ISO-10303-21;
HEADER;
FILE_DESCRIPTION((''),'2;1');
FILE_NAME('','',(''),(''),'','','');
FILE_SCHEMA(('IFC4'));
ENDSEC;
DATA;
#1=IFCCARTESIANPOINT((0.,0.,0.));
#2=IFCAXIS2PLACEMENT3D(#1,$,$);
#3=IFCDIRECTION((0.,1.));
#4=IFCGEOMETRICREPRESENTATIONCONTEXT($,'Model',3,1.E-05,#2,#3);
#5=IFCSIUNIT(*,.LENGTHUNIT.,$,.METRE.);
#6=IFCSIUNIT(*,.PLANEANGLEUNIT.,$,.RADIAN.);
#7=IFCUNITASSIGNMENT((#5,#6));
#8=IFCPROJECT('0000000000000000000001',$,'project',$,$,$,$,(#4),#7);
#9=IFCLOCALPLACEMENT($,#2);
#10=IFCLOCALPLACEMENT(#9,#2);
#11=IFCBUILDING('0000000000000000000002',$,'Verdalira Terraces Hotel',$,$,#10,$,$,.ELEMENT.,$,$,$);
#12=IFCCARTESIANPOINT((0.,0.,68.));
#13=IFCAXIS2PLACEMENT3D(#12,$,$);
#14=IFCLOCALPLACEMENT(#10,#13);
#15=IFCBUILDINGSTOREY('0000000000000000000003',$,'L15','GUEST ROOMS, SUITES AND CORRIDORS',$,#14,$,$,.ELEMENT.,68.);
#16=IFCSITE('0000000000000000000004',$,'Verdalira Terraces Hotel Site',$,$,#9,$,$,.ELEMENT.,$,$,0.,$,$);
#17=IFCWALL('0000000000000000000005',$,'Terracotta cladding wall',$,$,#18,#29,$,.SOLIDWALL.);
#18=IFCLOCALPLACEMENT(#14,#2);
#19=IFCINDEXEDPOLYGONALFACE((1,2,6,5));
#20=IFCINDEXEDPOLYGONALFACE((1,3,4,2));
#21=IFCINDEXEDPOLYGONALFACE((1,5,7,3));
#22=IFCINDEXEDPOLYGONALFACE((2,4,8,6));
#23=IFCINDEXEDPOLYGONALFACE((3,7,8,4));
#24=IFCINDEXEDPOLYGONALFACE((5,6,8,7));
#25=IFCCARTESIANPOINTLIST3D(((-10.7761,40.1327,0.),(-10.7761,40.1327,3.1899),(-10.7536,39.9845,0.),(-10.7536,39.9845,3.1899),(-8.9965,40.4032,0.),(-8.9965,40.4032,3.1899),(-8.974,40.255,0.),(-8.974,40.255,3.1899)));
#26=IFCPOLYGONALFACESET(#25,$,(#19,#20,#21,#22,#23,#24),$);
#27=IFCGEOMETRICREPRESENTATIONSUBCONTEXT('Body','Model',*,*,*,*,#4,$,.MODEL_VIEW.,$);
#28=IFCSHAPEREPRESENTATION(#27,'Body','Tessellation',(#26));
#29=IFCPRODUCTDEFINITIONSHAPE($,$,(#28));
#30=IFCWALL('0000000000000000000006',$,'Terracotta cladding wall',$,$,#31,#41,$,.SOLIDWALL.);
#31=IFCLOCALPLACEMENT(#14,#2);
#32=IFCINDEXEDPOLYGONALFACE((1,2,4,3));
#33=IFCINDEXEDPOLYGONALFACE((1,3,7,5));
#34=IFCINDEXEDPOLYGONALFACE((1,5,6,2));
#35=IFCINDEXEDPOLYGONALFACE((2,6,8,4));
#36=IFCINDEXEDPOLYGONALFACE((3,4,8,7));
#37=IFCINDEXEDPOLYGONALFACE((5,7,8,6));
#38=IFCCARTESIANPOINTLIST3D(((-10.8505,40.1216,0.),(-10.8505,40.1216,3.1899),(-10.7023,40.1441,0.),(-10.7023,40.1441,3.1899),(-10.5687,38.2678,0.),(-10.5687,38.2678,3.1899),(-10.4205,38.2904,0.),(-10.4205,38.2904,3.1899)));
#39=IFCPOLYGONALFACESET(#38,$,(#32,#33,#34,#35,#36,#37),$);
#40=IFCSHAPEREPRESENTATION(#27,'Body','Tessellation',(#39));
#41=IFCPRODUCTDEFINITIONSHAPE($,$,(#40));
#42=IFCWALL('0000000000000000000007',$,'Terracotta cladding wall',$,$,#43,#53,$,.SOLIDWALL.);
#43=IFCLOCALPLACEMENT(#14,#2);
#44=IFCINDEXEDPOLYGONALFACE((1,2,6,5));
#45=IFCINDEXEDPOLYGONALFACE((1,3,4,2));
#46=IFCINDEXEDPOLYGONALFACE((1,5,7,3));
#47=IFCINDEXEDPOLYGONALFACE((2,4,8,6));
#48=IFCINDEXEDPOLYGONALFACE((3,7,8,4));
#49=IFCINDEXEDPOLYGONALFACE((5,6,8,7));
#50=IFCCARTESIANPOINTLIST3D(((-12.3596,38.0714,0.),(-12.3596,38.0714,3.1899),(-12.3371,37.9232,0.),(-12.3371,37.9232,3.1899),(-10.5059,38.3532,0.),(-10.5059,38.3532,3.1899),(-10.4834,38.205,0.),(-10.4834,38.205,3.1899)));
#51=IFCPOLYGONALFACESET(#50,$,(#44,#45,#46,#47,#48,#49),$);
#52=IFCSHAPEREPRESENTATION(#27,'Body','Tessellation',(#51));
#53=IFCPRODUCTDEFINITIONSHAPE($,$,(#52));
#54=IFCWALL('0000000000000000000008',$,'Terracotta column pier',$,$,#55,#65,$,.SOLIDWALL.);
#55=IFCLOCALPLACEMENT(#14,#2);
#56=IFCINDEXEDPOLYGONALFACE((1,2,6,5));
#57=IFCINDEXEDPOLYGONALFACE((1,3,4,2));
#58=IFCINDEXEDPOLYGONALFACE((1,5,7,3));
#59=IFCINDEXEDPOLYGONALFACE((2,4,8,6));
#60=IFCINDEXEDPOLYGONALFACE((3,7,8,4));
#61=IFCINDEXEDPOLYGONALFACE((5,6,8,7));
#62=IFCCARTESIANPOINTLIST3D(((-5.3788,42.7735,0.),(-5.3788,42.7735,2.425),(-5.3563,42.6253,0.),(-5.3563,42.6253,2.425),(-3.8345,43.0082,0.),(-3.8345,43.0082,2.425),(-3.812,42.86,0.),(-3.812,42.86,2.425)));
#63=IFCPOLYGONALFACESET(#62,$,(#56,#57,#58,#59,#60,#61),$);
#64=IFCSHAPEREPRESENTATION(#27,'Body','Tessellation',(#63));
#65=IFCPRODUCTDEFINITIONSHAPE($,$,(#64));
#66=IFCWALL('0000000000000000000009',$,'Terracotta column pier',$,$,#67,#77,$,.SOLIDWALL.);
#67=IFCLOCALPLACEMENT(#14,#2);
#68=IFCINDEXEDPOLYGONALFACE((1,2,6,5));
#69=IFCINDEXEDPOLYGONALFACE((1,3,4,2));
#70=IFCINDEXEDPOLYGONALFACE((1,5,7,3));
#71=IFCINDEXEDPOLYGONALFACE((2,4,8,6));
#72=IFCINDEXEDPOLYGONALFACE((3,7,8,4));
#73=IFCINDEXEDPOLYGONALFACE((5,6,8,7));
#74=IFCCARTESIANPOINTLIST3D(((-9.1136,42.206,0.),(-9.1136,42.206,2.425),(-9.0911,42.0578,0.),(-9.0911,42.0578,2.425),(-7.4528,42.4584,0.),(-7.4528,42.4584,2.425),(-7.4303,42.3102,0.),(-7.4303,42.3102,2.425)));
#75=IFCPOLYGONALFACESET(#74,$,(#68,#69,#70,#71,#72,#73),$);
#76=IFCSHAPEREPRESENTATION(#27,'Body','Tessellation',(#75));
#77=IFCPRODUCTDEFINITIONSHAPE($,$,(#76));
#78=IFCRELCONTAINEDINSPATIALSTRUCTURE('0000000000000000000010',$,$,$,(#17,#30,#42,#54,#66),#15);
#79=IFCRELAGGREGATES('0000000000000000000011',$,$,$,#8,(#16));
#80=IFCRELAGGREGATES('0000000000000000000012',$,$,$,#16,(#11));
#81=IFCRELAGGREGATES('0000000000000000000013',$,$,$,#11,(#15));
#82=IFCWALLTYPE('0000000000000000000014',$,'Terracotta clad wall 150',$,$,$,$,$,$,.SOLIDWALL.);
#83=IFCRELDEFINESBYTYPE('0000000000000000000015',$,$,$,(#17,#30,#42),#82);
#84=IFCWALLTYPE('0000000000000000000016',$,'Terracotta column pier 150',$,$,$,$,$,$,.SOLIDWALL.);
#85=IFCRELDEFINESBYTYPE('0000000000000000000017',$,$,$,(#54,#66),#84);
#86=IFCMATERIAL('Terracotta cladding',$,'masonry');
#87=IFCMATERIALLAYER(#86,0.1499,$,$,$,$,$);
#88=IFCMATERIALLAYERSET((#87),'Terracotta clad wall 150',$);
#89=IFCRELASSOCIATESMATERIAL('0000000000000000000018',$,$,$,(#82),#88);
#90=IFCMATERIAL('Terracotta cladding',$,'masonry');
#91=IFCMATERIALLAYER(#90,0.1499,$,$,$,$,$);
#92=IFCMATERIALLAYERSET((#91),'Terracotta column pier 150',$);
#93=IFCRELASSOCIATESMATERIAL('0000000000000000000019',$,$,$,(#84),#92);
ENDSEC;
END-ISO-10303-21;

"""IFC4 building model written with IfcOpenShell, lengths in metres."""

from ifc_helpers import new_model, si_unit, direction, frame, frame_2d, origin, place, context, subcontext, project, spatial, rectangle, extrude, material, layer, layer_set, type_object, element, save


model = new_model("IFC4")

# Units and contexts
model_context = context("Model", 3, precision=1e-05, world=origin(), true_north=direction((0.0, 1.0)))
body_context = subcontext(model_context, "Body", "Model", "MODEL_VIEW")
ifc_project = project(units=[si_unit("LENGTHUNIT", "METRE"), si_unit("PLANEANGLEUNIT", "RADIAN")], contexts=[model_context])

# Site, building, storey
site_placement = place(None, origin())
site = spatial("IfcSite", under=ifc_project, at=site_placement, Name="Verdalira Terraces Hotel Site", CompositionType="ELEMENT", RefElevation=0.0)
building_placement = place(site_placement, origin())
building = spatial("IfcBuilding", under=site, at=building_placement, Name="Verdalira Terraces Hotel", CompositionType="ELEMENT")
storey_placement = place(building_placement, frame((0.0, 0.0, 68.0)))
storey = spatial("IfcBuildingStorey", under=building, at=storey_placement, Name="L15", Description="GUEST ROOMS, SUITES AND CORRIDORS", CompositionType="ELEMENT", Elevation=68.0)

# Walls
ifc_material_1 = material(Name="Terracotta cladding", Category="masonry")
ifc_layer_1 = layer(ifc_material_1, 0.1499)
ifc_layer_set_1 = layer_set([ifc_layer_1], Name="Terracotta clad wall 150")
wall_type_1 = type_object("IfcWallType", Name="Terracotta clad wall 150", PredefinedType="SOLIDWALL", material=ifc_layer_set_1)
wall_1_placement = place(storey_placement, frame((-8.9854, 40.3291, 0.0), z_axis=(0.0, 0.0, 1.0), x_axis=(-0.988643, -0.150283, 0.0)))
element("IfcWall", 1, at=wall_1_placement, inside=storey, type_object=wall_type_1, Name="Terracotta cladding wall", PredefinedType="SOLIDWALL", context=body_context, shape_type="SweptSolid", body=[
    extrude(rectangle(XDim=1.8, YDim=0.1499, at=frame_2d((0.8999, 0.0))), origin(), (0.0, 0.0, 1.0), 3.1899),
])
for number, where, z_axis, x_axis, name in (
    (2, (-10.7764, 40.1328, 0.0), (0.0, 0.0, 1.0), (0.150257, -0.988647, 0.0), "Terracotta cladding wall"),
    (3, (-10.4946, 38.2791, 0.0), (0.0, 0.0, 1.0), (-0.988647, -0.150257, 0.0), "Terracotta cladding wall"),
):
    element("IfcWall", number, at=place(storey_placement, frame(where, z_axis=z_axis, x_axis=x_axis)), inside=storey, type_object=wall_type_1, Name=name, PredefinedType="SOLIDWALL", context=body_context, shape_type="SweptSolid", body=[
        extrude(rectangle(XDim=1.875, YDim=0.1499, at=frame_2d((0.9375, 0.0))), origin(), (0.0, 0.0, 1.0), 3.1899),
    ])
ifc_material_2 = material(Name="Terracotta cladding", Category="masonry")
ifc_layer_2 = layer(ifc_material_2, 0.1499)
ifc_layer_set_2 = layer_set([ifc_layer_2], Name="Terracotta column pier 150")
wall_type_2 = type_object("IfcWallType", Name="Terracotta column pier 150", PredefinedType="SOLIDWALL", material=ifc_layer_set_2)
wall_2_placement = place(storey_placement, frame((-3.8232, 42.9341, 0.0), z_axis=(0.0, 0.0, 1.0), x_axis=(-0.988654, -0.150213, 0.0)))
element("IfcWall", 4, at=wall_2_placement, inside=storey, type_object=wall_type_2, Name="Terracotta column pier", PredefinedType="SOLIDWALL", context=body_context, shape_type="SweptSolid", body=[
    extrude(rectangle(XDim=1.562, YDim=0.1499, at=frame_2d((0.781, 0.0))), origin(), (0.0, 0.0, 1.0), 2.425),
])
wall_3_placement = place(storey_placement, frame((-7.4417, 42.3843, 0.0), z_axis=(0.0, 0.0, 1.0), x_axis=(-0.988646, -0.150266, 0.0)))
element("IfcWall", 5, at=wall_3_placement, inside=storey, type_object=wall_type_2, Name="Terracotta column pier", PredefinedType="SOLIDWALL", context=body_context, shape_type="SweptSolid", body=[
    extrude(rectangle(XDim=1.6799, YDim=0.1499, at=frame_2d((0.8398, 0.0))), origin(), (0.0, 0.0, 1.0), 2.425),
])

save(model, "model.ifc")
